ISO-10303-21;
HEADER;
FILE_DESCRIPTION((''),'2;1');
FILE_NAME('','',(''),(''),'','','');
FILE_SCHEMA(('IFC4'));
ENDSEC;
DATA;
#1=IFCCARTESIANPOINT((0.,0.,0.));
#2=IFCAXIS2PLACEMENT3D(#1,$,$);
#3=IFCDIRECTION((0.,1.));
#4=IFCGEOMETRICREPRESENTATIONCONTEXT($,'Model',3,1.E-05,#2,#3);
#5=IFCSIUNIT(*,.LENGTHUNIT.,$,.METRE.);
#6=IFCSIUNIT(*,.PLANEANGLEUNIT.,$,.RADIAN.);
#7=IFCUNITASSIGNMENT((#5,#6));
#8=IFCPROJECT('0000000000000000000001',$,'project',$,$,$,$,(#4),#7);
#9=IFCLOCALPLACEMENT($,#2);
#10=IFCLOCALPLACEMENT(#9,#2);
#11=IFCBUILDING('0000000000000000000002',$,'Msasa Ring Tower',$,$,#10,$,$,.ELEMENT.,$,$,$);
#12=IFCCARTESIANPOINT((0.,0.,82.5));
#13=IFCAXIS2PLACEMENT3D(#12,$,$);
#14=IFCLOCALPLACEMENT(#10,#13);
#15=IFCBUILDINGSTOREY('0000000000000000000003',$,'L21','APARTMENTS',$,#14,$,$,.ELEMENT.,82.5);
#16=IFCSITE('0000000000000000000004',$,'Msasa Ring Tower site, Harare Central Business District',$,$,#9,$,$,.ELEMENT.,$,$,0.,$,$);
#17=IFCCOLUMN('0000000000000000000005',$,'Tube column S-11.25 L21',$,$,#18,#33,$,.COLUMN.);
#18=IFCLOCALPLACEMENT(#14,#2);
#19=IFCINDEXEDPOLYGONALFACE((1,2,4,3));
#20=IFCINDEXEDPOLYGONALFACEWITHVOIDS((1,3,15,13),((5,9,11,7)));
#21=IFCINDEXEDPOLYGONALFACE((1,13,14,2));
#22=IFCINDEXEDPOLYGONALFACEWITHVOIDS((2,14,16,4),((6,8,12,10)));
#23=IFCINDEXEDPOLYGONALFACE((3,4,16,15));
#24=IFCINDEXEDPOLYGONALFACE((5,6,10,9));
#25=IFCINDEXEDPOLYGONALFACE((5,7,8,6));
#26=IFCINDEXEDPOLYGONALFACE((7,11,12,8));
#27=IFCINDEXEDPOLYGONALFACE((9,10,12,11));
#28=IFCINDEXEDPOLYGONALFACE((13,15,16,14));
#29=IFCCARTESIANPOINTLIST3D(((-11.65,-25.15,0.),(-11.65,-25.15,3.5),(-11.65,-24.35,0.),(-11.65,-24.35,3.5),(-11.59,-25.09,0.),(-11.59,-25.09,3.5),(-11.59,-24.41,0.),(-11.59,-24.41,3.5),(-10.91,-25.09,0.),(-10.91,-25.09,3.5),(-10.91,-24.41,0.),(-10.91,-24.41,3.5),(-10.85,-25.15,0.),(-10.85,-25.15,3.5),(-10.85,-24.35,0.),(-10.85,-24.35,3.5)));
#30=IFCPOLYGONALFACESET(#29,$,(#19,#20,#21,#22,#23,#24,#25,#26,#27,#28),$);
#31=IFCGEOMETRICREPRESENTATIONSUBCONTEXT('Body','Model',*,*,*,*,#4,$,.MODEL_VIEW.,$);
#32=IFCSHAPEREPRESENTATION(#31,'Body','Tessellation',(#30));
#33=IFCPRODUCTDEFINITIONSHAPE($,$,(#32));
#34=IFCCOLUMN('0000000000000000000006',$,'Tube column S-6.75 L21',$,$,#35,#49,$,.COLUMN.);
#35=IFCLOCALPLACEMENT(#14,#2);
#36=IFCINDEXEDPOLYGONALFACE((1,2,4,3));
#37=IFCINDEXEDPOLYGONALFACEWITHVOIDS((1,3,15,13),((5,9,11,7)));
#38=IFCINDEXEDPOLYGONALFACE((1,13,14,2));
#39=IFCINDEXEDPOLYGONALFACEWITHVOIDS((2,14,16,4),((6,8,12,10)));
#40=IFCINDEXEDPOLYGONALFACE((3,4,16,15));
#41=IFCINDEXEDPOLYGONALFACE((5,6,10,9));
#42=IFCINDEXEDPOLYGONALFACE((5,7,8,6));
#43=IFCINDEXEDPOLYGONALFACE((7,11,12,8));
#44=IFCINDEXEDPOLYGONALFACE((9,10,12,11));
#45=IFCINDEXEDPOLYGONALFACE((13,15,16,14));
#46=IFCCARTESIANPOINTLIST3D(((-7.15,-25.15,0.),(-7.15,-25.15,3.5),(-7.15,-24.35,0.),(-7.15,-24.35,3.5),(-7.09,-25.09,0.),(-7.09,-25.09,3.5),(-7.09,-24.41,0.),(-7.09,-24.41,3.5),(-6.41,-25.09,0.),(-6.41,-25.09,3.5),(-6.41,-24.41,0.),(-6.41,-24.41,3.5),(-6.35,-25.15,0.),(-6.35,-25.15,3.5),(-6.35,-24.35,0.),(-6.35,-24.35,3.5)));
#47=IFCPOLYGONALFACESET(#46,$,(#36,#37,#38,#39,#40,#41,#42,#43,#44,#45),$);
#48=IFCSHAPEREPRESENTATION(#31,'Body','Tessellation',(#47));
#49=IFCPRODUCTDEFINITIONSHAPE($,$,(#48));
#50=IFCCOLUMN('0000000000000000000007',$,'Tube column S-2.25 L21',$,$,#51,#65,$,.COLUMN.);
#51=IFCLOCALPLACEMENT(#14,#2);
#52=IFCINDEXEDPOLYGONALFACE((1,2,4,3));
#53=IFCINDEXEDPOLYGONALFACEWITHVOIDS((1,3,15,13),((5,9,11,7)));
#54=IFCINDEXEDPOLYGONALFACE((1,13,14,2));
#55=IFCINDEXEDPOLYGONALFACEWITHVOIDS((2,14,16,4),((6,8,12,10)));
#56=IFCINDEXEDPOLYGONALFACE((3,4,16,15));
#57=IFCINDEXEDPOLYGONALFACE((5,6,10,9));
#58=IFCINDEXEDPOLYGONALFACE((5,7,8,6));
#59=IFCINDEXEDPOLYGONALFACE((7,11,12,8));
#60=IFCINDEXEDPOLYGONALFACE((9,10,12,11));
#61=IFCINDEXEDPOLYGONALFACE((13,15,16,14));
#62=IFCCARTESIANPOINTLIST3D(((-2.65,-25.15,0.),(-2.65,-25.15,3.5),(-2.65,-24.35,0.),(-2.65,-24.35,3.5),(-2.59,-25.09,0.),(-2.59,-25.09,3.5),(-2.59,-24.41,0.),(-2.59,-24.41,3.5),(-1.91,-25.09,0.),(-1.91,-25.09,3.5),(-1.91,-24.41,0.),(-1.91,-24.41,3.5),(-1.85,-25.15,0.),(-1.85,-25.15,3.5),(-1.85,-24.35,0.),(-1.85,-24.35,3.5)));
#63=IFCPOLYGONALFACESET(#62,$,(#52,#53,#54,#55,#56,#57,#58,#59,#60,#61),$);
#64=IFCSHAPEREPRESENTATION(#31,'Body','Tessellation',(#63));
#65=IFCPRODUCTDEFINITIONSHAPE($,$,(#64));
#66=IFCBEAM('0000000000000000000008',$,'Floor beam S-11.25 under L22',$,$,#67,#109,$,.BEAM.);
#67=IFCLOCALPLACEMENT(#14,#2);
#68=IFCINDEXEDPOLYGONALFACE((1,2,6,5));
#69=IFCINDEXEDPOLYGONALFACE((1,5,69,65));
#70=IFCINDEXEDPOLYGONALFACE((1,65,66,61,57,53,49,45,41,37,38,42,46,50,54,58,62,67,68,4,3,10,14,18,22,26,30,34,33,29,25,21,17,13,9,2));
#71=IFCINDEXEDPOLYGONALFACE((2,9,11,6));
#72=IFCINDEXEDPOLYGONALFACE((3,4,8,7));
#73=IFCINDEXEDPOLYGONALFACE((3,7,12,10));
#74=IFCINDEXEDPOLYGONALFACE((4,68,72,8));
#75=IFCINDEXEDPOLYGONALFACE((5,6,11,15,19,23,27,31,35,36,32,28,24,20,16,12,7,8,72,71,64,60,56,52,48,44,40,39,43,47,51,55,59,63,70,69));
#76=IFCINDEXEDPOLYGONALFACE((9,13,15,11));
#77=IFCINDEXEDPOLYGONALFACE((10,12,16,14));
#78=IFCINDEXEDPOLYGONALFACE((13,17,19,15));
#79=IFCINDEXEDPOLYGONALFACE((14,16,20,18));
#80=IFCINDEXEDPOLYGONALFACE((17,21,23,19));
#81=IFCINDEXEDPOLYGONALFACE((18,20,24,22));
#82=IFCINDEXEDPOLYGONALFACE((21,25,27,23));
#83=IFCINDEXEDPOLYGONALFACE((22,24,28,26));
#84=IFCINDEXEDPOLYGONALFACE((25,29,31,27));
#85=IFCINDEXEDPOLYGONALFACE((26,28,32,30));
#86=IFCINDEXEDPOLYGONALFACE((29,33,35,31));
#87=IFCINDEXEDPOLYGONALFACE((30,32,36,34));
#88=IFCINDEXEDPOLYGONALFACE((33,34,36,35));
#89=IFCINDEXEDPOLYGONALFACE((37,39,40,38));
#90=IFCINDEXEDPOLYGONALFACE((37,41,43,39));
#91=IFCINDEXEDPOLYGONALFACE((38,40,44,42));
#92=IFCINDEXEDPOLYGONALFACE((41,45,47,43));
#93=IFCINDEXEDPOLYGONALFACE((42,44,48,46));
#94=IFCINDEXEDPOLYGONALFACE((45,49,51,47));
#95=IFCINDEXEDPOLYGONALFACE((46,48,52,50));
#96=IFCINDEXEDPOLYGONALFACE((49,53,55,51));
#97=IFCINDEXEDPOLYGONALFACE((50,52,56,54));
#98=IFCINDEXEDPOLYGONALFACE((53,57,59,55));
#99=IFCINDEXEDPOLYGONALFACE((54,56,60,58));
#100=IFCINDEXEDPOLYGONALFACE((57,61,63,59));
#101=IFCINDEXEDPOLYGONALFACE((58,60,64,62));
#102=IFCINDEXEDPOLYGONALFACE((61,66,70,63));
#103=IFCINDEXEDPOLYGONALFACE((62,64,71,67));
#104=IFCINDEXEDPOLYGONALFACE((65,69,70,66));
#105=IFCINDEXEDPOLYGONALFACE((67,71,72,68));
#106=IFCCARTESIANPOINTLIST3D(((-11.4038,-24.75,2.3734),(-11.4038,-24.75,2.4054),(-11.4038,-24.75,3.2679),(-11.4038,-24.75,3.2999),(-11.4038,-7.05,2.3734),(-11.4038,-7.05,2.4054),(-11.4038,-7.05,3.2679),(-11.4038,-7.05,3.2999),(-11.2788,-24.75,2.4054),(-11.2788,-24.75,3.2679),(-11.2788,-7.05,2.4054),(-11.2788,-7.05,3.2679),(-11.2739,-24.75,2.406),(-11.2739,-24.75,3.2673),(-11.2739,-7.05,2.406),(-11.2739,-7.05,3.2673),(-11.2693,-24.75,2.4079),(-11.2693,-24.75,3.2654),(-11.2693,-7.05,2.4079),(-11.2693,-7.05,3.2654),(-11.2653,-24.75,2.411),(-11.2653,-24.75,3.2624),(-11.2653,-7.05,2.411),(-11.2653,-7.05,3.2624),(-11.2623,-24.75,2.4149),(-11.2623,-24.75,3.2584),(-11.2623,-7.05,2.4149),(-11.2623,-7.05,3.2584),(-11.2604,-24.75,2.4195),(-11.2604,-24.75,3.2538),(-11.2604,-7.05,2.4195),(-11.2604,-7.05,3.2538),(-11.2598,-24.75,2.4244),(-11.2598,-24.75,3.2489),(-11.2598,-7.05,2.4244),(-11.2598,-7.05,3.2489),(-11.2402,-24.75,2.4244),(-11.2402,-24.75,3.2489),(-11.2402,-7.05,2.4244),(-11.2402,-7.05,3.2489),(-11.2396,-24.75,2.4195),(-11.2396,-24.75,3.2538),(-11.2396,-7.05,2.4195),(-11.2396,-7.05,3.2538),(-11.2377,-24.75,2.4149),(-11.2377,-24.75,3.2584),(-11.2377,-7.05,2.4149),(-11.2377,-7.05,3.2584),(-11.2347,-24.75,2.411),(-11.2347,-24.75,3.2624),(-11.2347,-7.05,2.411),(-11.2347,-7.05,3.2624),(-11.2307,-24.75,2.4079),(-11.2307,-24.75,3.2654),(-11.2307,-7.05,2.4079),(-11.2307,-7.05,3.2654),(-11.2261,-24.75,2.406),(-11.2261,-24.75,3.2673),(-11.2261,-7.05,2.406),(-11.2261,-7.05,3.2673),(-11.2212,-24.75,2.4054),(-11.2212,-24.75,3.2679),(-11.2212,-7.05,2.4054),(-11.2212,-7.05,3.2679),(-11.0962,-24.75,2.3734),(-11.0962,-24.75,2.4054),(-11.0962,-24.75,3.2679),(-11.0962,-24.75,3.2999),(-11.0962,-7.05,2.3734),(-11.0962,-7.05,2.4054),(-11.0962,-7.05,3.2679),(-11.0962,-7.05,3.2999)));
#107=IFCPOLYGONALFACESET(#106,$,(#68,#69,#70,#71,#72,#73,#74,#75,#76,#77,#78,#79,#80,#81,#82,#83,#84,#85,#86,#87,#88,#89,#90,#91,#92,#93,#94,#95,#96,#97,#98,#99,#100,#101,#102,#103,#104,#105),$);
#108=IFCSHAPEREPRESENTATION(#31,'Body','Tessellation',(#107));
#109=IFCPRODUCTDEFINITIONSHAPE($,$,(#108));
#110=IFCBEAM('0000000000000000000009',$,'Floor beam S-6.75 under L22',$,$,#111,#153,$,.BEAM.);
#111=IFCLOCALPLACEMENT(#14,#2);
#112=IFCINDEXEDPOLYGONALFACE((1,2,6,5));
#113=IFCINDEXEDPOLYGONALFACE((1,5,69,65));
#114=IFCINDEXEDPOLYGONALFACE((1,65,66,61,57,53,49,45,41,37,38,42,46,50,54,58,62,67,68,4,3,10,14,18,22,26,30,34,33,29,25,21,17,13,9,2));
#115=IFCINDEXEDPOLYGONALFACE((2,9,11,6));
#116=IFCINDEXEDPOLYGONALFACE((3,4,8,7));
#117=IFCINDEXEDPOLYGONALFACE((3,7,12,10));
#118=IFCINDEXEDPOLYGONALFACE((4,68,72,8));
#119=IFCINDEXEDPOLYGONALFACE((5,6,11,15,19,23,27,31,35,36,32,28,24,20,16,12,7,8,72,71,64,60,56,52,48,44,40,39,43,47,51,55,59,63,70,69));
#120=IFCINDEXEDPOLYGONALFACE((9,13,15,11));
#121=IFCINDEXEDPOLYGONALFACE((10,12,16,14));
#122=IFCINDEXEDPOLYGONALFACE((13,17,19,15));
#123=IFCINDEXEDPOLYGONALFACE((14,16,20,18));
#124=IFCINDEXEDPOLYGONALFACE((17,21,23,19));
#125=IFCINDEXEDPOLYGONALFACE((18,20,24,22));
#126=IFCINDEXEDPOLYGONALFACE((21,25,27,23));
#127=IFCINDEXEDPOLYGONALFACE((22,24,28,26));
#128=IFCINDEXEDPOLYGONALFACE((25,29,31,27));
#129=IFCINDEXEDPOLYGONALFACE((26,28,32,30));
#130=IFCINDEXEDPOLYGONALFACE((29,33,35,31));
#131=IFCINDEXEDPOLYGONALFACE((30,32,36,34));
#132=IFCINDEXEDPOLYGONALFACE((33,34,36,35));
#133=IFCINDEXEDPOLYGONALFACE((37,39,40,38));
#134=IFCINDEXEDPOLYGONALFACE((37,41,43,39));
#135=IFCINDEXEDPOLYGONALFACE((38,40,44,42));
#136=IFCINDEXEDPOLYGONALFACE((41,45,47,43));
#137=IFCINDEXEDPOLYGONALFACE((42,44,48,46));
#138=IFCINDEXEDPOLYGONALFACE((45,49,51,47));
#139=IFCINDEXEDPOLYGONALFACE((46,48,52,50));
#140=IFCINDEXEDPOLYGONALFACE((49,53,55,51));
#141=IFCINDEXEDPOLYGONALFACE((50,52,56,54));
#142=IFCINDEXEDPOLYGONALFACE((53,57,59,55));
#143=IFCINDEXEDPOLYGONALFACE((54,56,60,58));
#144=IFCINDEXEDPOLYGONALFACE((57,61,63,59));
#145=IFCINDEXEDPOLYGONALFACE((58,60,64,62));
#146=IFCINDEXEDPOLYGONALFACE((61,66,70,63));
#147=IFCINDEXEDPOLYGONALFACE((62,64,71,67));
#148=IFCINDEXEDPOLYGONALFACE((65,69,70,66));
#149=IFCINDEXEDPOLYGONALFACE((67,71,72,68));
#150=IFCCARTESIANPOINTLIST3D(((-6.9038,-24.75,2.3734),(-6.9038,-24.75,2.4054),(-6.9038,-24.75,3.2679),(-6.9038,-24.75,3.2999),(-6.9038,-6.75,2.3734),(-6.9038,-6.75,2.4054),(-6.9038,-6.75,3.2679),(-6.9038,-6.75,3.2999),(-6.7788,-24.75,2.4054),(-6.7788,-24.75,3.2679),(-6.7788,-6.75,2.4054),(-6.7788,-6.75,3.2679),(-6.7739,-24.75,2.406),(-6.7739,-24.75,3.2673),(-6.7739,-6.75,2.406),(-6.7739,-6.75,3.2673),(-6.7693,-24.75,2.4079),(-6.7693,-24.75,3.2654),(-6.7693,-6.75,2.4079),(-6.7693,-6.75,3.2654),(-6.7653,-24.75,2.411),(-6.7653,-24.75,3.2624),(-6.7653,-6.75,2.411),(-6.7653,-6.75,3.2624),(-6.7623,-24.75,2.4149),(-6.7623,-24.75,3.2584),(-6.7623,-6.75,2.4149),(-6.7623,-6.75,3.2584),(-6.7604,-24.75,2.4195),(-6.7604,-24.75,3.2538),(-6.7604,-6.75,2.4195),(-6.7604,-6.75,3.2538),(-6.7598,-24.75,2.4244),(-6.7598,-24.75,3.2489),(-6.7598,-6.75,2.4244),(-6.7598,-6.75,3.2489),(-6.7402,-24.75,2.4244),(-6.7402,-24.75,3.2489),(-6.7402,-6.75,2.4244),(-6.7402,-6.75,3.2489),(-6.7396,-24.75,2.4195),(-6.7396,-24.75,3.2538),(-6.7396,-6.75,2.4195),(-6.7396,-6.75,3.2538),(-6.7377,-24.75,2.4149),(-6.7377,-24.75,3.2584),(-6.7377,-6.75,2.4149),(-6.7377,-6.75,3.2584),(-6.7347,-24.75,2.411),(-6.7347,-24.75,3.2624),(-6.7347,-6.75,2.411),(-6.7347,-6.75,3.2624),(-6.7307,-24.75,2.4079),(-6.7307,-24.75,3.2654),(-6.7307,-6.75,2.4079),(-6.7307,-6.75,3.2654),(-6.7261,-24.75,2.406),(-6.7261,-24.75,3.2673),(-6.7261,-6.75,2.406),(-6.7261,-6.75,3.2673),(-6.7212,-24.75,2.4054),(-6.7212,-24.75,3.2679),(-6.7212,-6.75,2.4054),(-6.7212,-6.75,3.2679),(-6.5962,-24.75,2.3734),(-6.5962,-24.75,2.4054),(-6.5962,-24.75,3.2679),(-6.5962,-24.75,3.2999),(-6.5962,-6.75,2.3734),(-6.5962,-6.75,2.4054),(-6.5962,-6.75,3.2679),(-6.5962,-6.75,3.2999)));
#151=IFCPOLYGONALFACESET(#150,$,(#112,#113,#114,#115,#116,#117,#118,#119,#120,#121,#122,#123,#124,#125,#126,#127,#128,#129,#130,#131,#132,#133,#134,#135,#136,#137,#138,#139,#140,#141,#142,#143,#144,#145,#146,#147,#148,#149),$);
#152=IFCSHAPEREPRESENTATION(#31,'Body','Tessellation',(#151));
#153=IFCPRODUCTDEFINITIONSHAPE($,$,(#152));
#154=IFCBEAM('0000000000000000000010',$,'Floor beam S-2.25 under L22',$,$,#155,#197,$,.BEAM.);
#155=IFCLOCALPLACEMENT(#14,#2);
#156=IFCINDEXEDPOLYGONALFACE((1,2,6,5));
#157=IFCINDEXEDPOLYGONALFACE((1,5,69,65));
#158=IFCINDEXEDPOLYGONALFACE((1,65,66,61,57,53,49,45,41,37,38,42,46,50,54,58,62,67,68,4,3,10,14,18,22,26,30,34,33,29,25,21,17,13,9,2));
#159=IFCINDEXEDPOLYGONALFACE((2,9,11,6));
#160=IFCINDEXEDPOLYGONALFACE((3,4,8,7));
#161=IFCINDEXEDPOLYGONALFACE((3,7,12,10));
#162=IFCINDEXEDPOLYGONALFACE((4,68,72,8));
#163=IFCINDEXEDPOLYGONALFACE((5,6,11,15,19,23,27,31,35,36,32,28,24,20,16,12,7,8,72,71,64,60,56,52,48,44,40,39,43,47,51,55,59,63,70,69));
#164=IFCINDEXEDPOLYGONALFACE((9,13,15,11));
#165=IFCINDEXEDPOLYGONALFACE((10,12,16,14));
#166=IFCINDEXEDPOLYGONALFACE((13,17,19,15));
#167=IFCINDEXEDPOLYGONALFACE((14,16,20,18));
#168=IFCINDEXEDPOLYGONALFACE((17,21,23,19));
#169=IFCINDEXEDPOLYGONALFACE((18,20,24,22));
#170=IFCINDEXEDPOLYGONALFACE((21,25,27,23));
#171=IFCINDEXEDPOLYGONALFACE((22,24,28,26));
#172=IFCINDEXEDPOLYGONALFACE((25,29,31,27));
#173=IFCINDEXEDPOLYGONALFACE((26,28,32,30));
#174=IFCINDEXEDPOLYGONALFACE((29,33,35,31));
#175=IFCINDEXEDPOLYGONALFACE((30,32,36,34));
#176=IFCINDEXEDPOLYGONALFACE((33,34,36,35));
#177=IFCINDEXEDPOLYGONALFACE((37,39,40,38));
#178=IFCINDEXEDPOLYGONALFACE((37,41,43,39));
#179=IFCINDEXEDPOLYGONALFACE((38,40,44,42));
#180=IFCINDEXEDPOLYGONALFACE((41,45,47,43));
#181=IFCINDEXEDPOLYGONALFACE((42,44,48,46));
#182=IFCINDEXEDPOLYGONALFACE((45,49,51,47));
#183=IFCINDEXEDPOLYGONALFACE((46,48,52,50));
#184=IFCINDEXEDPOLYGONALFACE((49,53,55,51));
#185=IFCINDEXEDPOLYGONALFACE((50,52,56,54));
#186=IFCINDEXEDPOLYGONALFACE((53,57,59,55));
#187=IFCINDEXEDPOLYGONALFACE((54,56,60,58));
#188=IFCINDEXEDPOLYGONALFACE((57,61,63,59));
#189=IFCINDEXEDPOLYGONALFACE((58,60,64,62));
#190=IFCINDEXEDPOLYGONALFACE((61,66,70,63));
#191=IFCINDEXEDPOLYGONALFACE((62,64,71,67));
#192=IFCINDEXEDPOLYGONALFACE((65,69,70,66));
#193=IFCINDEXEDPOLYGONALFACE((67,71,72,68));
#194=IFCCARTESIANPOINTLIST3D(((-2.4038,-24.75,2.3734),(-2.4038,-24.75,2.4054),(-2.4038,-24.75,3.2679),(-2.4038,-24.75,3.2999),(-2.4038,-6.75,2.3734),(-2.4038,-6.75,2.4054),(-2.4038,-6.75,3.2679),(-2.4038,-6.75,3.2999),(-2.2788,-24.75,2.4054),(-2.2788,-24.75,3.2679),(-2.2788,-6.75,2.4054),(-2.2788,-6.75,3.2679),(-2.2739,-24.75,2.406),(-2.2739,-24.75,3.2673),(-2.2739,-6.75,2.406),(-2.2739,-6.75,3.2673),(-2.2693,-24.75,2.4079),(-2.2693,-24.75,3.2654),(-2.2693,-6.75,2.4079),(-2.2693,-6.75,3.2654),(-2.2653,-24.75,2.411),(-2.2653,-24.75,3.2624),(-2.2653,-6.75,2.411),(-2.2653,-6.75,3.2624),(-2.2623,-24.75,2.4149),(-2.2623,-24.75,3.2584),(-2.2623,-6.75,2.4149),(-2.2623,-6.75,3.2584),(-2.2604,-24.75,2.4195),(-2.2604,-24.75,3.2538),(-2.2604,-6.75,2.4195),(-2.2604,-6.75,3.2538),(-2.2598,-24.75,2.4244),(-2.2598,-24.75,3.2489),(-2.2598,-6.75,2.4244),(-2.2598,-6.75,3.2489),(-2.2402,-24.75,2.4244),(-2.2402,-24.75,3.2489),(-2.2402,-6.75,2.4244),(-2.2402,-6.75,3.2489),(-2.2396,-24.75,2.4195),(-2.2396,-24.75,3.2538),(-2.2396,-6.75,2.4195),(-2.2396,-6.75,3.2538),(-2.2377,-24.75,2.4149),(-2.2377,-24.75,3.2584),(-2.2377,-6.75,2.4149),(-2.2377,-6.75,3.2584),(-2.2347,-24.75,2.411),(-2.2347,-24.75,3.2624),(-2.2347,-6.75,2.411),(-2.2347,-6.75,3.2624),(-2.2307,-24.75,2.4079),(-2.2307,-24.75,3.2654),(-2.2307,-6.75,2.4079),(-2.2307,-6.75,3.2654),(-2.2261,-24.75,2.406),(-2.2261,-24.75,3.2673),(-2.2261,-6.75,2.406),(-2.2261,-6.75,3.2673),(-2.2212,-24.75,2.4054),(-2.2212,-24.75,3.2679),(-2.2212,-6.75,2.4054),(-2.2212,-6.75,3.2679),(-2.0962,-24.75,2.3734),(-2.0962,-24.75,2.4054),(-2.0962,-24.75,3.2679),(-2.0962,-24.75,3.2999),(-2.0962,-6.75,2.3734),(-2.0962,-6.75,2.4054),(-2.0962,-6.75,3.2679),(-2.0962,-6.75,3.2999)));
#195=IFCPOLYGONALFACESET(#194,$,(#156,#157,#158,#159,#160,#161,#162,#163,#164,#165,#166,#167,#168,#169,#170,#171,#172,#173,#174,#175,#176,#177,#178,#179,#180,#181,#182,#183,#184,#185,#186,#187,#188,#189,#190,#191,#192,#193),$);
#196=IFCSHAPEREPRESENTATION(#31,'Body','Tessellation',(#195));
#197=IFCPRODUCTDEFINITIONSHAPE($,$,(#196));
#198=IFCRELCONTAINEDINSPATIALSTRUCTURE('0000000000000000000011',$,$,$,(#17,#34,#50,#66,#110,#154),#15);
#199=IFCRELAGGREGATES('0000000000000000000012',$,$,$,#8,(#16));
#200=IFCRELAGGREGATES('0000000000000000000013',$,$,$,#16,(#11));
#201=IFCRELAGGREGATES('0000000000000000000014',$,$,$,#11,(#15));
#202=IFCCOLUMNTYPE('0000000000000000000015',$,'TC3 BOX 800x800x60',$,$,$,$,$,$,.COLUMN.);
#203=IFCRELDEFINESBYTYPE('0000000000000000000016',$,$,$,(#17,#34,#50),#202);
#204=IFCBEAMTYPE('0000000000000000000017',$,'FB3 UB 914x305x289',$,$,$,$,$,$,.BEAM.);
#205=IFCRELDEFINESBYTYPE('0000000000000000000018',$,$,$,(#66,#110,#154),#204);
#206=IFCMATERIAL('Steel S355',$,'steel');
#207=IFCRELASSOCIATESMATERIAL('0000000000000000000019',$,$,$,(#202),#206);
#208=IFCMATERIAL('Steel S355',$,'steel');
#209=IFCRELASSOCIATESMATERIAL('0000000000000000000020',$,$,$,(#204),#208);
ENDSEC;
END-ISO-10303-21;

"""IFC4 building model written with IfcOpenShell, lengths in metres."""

from ifc_helpers import new_model, si_unit, direction, frame, origin, origin_2d, place, context, subcontext, project, spatial, hollow_rectangle, i_section, extrude, material, material_profile, profile_set, type_object, element, save


model = new_model("IFC4")

# Units and contexts
model_context = context("Model", 3, precision=1e-05, world=origin(), true_north=direction((0.0, 1.0)))
body_context = subcontext(model_context, "Body", "Model", "MODEL_VIEW")
ifc_project = project(units=[si_unit("LENGTHUNIT", "METRE"), si_unit("PLANEANGLEUNIT", "RADIAN")], contexts=[model_context])

# Site, building, storey
site_placement = place(None, origin())
site = spatial("IfcSite", under=ifc_project, at=site_placement, Name="Msasa Ring Tower site, Harare Central Business District", CompositionType="ELEMENT", RefElevation=0.0)
building_placement = place(site_placement, origin())
building = spatial("IfcBuilding", under=site, at=building_placement, Name="Msasa Ring Tower", CompositionType="ELEMENT")
storey_placement = place(building_placement, frame((0.0, 0.0, 82.5)))
storey = spatial("IfcBuildingStorey", under=building, at=storey_placement, Name="L21", Description="APARTMENTS", CompositionType="ELEMENT", Elevation=82.5)

# Columns
ifc_material_1 = material(Name="Steel S355", Category="steel")
ifc_material_profile_1 = material_profile(ifc_material_1, hollow_rectangle(XDim=0.8, YDim=0.8, WallThickness=0.0601, at=origin_2d()), Name="BOX 800x800x60")
ifc_profile_set_1 = profile_set([ifc_material_profile_1], Name="Steel S355")
column_type = type_object("IfcColumnType", Name="TC3 BOX 800x800x60", PredefinedType="COLUMN", material=ifc_profile_set_1)
for number, where, z_axis, x_axis, name in (
    (1, (-11.25, -24.75, 0.0), (0.0, 0.0, 1.0), (0.0, 1.0, 0.0), "Tube column S-11.25 L21"),
    (2, (-6.75, -24.75, 0.0), (0.0, 0.0, 1.0), (0.0, 1.0, 0.0), "Tube column S-6.75 L21"),
    (3, (-2.25, -24.75, 0.0), (0.0, 0.0, 1.0), (0.0, 1.0, 0.0), "Tube column S-2.25 L21"),
):
    element("IfcColumn", number, at=place(storey_placement, frame(where, z_axis=z_axis, x_axis=x_axis)), inside=storey, type_object=column_type, Name=name, PredefinedType="COLUMN", context=body_context, shape_type="SweptSolid", body=[
        extrude(hollow_rectangle(XDim=0.8, YDim=0.8, WallThickness=0.0601, at=origin_2d()), origin(), (0.0, 0.0, 1.0), 3.5),
    ])

# Beams
ifc_material_2 = material(Name="Steel S355", Category="steel")
ifc_material_profile_2 = material_profile(ifc_material_2, i_section(OverallWidth=0.3076, OverallDepth=0.9265, WebThickness=0.0195, FlangeThickness=0.032, FilletRadius=0.019, at=origin_2d()), Name="UB 914x305x289")
ifc_profile_set_2 = profile_set([ifc_material_profile_2], Name="Steel S355")
beam_type_1 = type_object("IfcBeamType", Name="FB3 UB 914x305x289", PredefinedType="BEAM", material=ifc_profile_set_2)
beam_placement = place(storey_placement, frame((-11.25, -24.75, 2.8367), z_axis=(0.0, 1.0, 0.0), x_axis=(-1.0, 0.0, 0.0)))
element("IfcBeam", 4, at=beam_placement, inside=storey, type_object=beam_type_1, Name="Floor beam S-11.25 under L22", PredefinedType="BEAM", context=body_context, shape_type="SweptSolid", body=[
    extrude(i_section(OverallWidth=0.3076, OverallDepth=0.9265, WebThickness=0.0195, FlangeThickness=0.032, FilletRadius=0.019, at=origin_2d()), origin(), (0.0, 0.0, 1.0), 17.7),
])
for number, where, z_axis, x_axis, name in (
    (5, (-6.75, -24.75, 2.8367), (0.0, 1.0, 0.0), (-1.0, 0.0, 0.0), "Floor beam S-6.75 under L22"),
    (6, (-2.25, -24.75, 2.8367), (0.0, 1.0, 0.0), (-1.0, 0.0, 0.0), "Floor beam S-2.25 under L22"),
):
    element("IfcBeam", number, at=place(storey_placement, frame(where, z_axis=z_axis, x_axis=x_axis)), inside=storey, type_object=beam_type_1, Name=name, PredefinedType="BEAM", context=body_context, shape_type="SweptSolid", body=[
        extrude(i_section(OverallWidth=0.3076, OverallDepth=0.9265, WebThickness=0.0195, FlangeThickness=0.032, FilletRadius=0.019, at=origin_2d()), origin(), (0.0, 0.0, 1.0), 18.0),
    ])

save(model, "model.ifc")
